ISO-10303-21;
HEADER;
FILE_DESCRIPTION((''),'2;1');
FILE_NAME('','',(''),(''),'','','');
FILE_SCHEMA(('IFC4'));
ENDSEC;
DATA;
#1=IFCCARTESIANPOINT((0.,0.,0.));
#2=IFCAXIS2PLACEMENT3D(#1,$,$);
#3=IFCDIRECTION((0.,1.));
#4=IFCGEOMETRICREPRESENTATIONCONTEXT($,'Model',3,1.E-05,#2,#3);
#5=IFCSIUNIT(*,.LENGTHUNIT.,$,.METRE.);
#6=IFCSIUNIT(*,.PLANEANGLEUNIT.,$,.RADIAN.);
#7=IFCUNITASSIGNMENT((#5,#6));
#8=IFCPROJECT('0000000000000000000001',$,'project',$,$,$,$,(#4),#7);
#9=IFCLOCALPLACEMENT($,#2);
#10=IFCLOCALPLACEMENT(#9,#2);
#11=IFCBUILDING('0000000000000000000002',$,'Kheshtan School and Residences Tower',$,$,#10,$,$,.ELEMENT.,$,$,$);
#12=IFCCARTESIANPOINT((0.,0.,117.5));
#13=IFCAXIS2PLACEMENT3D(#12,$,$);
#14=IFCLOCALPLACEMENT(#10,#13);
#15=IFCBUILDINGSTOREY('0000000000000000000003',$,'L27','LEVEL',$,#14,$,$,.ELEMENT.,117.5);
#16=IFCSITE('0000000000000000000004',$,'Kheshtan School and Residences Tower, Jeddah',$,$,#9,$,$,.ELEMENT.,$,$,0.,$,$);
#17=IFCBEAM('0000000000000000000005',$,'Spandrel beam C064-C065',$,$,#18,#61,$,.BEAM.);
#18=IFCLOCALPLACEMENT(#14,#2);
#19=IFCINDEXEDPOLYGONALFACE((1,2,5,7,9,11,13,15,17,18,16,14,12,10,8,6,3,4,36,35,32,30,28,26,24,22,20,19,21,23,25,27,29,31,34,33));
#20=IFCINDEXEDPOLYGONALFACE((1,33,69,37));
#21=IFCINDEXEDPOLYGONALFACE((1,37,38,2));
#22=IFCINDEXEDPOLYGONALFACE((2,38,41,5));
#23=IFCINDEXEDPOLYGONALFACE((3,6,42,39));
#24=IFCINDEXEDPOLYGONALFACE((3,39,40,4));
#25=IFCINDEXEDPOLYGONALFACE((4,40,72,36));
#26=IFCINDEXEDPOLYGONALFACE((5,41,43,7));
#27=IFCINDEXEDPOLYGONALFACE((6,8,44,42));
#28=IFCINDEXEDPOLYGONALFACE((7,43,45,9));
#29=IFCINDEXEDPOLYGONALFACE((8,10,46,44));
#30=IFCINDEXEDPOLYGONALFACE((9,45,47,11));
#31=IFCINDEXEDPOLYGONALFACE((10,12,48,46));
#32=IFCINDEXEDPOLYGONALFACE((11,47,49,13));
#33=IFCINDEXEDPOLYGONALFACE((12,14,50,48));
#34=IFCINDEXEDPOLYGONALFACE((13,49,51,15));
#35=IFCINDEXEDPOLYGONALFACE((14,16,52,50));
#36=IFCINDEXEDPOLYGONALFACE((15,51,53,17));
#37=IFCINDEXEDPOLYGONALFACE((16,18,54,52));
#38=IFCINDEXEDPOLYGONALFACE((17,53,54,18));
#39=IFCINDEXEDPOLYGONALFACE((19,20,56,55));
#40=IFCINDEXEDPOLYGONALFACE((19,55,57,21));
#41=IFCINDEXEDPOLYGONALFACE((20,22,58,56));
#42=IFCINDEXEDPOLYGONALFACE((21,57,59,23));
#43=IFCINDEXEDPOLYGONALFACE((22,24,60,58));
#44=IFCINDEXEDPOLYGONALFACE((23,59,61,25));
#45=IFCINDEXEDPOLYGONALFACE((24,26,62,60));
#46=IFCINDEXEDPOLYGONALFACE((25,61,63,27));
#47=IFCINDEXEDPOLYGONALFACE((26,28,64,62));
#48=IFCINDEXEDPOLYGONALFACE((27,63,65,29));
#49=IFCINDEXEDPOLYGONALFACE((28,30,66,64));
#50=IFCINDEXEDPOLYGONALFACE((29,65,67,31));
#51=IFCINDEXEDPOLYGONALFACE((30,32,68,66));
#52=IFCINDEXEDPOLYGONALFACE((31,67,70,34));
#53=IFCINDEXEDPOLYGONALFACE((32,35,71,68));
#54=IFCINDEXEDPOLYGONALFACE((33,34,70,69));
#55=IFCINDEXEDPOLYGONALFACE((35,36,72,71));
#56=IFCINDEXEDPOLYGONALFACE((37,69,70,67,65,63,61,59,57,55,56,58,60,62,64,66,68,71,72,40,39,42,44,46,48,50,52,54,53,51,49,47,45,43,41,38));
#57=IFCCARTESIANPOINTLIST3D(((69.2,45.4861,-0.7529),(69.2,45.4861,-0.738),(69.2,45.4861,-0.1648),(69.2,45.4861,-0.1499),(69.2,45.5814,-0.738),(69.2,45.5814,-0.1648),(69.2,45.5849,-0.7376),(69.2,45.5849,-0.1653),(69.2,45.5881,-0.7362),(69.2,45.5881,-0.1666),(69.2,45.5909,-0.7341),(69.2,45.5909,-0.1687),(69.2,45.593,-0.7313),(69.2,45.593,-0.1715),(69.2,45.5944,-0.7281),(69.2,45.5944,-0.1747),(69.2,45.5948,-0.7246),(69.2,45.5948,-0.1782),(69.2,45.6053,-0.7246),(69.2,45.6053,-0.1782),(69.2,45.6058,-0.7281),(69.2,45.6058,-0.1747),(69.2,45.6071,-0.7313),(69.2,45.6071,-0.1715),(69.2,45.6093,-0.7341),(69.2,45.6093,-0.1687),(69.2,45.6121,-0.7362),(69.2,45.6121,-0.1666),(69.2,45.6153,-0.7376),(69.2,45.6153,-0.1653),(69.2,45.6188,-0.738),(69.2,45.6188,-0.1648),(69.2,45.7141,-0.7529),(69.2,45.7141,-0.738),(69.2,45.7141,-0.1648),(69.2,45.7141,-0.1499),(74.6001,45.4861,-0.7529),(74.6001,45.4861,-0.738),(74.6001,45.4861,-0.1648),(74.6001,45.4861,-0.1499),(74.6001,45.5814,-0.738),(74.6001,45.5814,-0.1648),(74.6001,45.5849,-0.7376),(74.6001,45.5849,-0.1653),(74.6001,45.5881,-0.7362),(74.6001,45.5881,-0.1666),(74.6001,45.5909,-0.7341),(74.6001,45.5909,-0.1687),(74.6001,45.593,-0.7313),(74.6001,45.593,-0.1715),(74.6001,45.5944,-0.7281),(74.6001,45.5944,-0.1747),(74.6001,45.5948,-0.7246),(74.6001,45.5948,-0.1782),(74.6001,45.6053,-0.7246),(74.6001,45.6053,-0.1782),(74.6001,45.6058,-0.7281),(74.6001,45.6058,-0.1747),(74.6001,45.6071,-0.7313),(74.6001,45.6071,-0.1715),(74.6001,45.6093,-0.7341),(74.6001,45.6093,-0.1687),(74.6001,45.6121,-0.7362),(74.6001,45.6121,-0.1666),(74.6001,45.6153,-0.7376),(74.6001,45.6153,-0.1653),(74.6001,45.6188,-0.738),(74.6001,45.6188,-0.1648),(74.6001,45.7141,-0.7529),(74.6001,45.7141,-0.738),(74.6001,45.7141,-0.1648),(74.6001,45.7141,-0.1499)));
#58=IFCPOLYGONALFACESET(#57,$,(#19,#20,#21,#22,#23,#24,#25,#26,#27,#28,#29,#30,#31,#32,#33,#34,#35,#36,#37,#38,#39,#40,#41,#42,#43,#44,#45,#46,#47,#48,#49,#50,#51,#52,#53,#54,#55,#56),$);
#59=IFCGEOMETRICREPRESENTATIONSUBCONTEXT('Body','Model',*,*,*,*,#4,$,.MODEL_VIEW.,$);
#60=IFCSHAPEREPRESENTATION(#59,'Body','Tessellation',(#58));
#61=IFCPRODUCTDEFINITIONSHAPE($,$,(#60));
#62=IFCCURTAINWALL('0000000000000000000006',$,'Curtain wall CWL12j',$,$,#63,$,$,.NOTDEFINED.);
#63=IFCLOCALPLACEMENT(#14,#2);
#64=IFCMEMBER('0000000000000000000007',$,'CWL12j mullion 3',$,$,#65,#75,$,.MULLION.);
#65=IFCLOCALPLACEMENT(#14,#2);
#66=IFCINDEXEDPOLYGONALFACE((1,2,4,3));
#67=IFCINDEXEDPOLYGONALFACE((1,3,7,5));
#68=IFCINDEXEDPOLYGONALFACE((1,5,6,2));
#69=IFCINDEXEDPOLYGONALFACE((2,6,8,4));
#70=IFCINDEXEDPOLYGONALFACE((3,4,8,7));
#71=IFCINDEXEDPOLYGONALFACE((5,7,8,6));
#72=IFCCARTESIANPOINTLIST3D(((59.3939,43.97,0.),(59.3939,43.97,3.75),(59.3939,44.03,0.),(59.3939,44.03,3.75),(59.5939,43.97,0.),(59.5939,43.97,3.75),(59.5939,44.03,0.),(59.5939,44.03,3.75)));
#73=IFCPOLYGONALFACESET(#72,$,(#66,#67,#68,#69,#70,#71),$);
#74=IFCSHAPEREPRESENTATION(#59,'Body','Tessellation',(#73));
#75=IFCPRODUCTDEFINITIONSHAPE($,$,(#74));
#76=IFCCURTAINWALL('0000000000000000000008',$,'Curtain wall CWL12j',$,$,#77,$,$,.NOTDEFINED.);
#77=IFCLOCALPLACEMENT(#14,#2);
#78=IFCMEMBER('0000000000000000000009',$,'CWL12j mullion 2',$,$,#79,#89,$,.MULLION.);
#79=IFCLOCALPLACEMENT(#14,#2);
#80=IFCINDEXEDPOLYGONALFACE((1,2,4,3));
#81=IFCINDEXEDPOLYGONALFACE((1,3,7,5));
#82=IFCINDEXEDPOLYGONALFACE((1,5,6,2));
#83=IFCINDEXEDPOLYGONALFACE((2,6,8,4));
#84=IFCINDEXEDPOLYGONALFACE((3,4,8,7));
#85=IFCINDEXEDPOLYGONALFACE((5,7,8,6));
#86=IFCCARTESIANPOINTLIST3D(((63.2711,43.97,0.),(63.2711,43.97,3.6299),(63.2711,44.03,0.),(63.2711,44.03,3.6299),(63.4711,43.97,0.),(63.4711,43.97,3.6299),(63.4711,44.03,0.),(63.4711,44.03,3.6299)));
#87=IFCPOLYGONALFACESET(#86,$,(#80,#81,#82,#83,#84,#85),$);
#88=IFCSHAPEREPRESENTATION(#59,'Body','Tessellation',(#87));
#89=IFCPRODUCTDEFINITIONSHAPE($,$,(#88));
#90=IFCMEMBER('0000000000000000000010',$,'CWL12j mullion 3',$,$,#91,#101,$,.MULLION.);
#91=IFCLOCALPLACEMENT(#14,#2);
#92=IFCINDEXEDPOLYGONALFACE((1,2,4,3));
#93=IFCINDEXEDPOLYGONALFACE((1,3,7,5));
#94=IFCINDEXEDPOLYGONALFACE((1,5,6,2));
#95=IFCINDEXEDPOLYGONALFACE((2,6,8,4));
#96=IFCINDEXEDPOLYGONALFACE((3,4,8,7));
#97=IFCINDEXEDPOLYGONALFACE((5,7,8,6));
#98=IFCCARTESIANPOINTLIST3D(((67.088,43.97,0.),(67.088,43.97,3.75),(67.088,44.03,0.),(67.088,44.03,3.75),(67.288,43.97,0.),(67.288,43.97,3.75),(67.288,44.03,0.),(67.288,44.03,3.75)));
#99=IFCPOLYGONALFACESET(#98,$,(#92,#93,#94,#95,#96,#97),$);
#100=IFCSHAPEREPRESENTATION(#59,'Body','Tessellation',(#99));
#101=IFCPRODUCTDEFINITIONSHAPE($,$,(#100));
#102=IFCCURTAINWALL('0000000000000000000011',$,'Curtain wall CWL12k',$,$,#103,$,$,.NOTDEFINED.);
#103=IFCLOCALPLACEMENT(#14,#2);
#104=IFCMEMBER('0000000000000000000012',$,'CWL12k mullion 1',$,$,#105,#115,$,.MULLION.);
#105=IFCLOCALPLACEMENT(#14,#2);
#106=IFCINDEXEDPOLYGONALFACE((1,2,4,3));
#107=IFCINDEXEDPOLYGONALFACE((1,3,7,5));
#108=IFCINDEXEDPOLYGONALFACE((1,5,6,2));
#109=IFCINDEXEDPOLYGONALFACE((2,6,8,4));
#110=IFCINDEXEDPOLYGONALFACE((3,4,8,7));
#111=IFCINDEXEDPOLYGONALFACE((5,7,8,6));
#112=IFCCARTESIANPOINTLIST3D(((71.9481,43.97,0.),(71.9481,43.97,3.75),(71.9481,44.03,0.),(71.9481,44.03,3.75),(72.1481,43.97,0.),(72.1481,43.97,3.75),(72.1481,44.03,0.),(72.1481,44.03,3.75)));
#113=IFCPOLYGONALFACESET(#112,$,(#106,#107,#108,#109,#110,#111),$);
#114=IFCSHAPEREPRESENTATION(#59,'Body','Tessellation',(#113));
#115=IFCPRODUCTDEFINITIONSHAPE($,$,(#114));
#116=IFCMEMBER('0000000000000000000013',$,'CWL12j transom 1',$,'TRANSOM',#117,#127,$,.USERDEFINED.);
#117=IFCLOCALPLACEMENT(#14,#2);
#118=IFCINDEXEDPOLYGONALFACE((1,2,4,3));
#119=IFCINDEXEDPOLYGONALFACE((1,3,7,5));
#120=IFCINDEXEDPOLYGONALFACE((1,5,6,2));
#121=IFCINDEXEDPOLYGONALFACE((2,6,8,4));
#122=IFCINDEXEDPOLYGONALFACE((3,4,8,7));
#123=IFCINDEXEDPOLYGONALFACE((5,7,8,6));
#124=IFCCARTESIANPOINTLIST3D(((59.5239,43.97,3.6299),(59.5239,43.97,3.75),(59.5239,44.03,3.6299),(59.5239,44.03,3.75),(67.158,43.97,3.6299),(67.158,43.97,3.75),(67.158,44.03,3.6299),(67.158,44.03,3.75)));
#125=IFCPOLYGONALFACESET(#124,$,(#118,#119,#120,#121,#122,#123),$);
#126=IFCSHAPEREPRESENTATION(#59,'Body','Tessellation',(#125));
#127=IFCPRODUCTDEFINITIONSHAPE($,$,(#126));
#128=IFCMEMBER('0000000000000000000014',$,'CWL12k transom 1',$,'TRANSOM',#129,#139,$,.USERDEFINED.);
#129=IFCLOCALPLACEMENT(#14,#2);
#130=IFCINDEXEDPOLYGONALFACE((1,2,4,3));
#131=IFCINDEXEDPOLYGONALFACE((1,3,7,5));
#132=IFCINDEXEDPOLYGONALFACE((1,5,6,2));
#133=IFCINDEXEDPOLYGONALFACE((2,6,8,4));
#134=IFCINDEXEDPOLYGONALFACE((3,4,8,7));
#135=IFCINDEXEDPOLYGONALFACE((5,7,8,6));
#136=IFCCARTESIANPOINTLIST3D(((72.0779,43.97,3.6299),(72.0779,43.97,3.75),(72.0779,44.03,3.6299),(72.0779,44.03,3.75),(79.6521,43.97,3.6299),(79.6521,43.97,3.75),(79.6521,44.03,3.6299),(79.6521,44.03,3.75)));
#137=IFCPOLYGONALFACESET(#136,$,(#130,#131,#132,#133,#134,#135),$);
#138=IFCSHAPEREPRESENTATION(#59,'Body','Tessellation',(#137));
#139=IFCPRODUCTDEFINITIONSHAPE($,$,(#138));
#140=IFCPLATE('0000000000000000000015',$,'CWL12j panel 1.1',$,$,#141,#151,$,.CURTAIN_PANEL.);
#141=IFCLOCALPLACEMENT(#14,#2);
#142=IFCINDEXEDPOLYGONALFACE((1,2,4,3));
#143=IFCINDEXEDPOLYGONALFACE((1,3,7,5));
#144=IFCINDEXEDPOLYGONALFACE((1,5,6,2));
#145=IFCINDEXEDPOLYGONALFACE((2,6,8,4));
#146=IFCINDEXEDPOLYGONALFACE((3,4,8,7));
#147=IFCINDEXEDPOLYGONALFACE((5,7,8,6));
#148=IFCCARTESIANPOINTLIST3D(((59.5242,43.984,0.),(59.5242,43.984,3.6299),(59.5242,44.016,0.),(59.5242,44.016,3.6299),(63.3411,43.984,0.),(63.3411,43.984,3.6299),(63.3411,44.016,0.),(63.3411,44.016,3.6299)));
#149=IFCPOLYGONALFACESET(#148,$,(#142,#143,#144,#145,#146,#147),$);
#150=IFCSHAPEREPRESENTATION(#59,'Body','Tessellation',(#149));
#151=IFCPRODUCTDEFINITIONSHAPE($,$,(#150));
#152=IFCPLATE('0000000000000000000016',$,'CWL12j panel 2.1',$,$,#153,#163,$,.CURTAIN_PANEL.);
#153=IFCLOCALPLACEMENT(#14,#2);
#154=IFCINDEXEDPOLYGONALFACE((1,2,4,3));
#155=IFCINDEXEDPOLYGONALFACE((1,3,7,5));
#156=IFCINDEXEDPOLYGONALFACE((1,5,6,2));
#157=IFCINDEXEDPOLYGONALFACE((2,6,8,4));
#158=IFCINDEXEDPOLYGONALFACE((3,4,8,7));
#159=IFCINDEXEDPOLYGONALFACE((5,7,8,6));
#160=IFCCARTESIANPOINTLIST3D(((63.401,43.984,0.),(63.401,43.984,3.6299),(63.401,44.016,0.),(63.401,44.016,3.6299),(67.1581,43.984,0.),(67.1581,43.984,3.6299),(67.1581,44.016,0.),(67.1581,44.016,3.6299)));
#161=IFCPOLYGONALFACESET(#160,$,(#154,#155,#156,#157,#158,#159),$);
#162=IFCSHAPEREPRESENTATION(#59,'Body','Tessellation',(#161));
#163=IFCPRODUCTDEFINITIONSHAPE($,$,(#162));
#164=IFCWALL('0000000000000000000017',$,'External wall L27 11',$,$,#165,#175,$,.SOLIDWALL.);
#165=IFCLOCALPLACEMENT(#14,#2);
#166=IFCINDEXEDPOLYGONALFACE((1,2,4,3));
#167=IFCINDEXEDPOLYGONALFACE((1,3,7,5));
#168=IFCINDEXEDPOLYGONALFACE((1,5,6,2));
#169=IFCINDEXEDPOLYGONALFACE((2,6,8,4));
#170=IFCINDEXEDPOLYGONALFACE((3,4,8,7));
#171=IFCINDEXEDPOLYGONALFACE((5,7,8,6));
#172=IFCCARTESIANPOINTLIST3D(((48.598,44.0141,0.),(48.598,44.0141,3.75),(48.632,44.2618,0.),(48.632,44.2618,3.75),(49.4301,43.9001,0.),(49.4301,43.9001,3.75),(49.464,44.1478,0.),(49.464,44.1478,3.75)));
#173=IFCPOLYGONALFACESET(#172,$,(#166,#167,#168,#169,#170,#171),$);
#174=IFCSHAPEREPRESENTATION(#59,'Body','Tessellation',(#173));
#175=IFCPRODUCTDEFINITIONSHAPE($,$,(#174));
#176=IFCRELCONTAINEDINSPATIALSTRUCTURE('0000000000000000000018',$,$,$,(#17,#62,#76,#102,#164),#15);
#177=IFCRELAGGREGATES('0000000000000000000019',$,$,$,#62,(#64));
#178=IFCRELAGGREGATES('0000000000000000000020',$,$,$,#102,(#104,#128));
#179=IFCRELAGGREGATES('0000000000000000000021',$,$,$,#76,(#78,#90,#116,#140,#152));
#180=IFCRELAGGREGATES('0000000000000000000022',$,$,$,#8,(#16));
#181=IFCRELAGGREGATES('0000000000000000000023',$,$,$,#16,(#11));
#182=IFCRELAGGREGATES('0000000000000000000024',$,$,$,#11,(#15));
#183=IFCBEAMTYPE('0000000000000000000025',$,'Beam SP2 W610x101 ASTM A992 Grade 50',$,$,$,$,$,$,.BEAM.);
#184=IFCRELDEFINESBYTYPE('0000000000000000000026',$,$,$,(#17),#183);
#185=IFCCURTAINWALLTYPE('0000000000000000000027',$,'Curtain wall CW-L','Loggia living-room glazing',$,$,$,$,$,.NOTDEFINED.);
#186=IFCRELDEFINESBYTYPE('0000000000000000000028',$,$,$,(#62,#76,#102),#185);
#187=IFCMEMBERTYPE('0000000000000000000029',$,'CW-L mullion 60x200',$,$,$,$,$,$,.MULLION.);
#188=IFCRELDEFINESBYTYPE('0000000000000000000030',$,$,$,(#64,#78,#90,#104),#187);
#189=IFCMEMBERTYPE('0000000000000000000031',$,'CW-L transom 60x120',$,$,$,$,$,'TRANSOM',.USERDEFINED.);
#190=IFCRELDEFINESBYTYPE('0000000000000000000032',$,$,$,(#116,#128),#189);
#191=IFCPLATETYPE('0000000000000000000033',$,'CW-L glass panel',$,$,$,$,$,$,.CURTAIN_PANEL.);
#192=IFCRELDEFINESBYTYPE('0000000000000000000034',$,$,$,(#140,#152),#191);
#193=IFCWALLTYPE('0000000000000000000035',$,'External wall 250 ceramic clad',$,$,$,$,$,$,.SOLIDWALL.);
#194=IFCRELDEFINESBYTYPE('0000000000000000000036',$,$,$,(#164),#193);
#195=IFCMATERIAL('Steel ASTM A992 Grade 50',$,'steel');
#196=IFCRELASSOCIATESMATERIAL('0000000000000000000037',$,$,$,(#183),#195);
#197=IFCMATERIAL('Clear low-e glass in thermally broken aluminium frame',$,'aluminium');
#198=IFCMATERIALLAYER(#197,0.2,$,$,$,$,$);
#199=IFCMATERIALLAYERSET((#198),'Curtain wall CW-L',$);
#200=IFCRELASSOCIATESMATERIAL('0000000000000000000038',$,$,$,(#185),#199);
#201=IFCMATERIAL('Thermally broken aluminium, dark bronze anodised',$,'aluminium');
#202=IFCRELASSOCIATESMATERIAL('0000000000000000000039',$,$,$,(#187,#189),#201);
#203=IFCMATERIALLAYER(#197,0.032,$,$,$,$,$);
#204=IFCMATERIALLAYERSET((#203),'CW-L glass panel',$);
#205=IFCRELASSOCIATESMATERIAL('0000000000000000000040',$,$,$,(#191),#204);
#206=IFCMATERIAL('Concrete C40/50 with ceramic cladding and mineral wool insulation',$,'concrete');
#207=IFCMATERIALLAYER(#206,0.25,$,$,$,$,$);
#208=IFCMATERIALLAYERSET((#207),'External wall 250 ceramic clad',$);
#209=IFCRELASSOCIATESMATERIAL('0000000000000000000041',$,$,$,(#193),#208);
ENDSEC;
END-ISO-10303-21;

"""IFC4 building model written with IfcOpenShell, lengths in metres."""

from ifc_helpers import new_model, si_unit, direction, frame, frame_2d, origin, origin_2d, place, context, subcontext, project, spatial, rectangle, i_section, extrude, material, layer, layer_set, material_profile, profile_set, type_object, element, aggregate, save


model = new_model("IFC4")

# Units and contexts
model_context = context("Model", 3, precision=1e-05, world=origin(), true_north=direction((0.0, 1.0)))
body_context = subcontext(model_context, "Body", "Model", "MODEL_VIEW")
ifc_project = project(units=[si_unit("LENGTHUNIT", "METRE"), si_unit("PLANEANGLEUNIT", "RADIAN")], contexts=[model_context])

# Site, building, storey
site_placement = place(None, origin())
site = spatial("IfcSite", under=ifc_project, at=site_placement, Name="Kheshtan School and Residences Tower, Jeddah", CompositionType="ELEMENT", RefElevation=0.0)
building_placement = place(site_placement, origin())
building = spatial("IfcBuilding", under=site, at=building_placement, Name="Kheshtan School and Residences Tower", CompositionType="ELEMENT")
storey_placement = place(building_placement, frame((0.0, 0.0, 117.5)))
storey = spatial("IfcBuildingStorey", under=building, at=storey_placement, Name="L27", Description="LEVEL", CompositionType="ELEMENT", Elevation=117.5)

# Shared definitions
ifc_material_1 = material(Name="Steel ASTM A992 Grade 50", Category="steel")

# Beam
ifc_material_profile_1 = material_profile(ifc_material_1, i_section(OverallWidth=0.228, OverallDepth=0.603, WebThickness=0.0105, FlangeThickness=0.0149, FilletRadius=0.0134, at=origin_2d()), Name="W610x101")
ifc_profile_set_1 = profile_set([ifc_material_profile_1], Name="Steel ASTM A992 Grade 50")
beam_type_1 = type_object("IfcBeamType", Name="Beam SP2 W610x101 ASTM A992 Grade 50", PredefinedType="BEAM", material=ifc_profile_set_1)
beam_1_placement = place(storey_placement, frame((69.2, 45.6001, -0.4514), z_axis=(1.0, 0.0, 0.0), x_axis=(0.0, 1.0, 0.0)))
element("IfcBeam", 1, at=beam_1_placement, inside=storey, type_object=beam_type_1, Name="Spandrel beam C064-C065", PredefinedType="BEAM", context=body_context, shape_type="SweptSolid", body=[
    extrude(i_section(OverallWidth=0.228, OverallDepth=0.603, WebThickness=0.0105, FlangeThickness=0.0149, FilletRadius=0.0134, at=origin_2d()), origin(), (0.0, 0.0, 1.0), 5.4001),
])

# Curtain wall, member
ifc_material_2 = material(Name="Clear low-e glass in thermally broken aluminium frame", Category="aluminium")
ifc_layer_1 = layer(ifc_material_2, 0.2)
ifc_layer_set_1 = layer_set([ifc_layer_1], Name="Curtain wall CW-L")
curtain_wall_type = type_object("IfcCurtainWallType", Name="Curtain wall CW-L", Description="Loggia living-room glazing", PredefinedType="NOTDEFINED", material=ifc_layer_set_1)
curtain_wall_1_placement = place(storey_placement, origin())
curtain_wall_1 = element("IfcCurtainWall", 2, at=curtain_wall_1_placement, inside=storey, type_object=curtain_wall_type, Name="Curtain wall CWL12j", PredefinedType="NOTDEFINED")
ifc_material_3 = material(Name="Thermally broken aluminium, dark bronze anodised", Category="aluminium")
ifc_material_profile_2 = material_profile(ifc_material_3, rectangle(XDim=0.0601, YDim=0.2, at=origin_2d()), Name="CW-L mullion 60x200")
ifc_profile_set_2 = profile_set([ifc_material_profile_2], Name="Thermally broken aluminium, dark bronze anodised")
member_type_1 = type_object("IfcMemberType", Name="CW-L mullion 60x200", PredefinedType="MULLION", material=ifc_profile_set_2)
member_1_placement = place(storey_placement, frame((59.4939, 44.0, 0.0), z_axis=(0.0, 0.0, 1.0), x_axis=(0.0, 1.0, 0.0)))
member_1 = element("IfcMember", 3, at=member_1_placement, type_object=member_type_1, Name="CWL12j mullion 3", PredefinedType="MULLION", context=body_context, shape_type="SweptSolid", body=[
    extrude(rectangle(XDim=0.0601, YDim=0.2, at=origin_2d()), origin(), (0.0, 0.0, 1.0), 3.75),
])
aggregate(curtain_wall_1, [member_1])

# Curtain wall, members
curtain_wall_2_placement = place(storey_placement, origin())
curtain_wall_2 = element("IfcCurtainWall", 4, at=curtain_wall_2_placement, inside=storey, type_object=curtain_wall_type, Name="Curtain wall CWL12j", PredefinedType="NOTDEFINED")
member_2_placement = place(storey_placement, frame((63.3711, 44.0, 0.0), z_axis=(0.0, 0.0, 1.0), x_axis=(0.0, 1.0, 0.0)))
member_2 = element("IfcMember", 5, at=member_2_placement, type_object=member_type_1, Name="CWL12j mullion 2", PredefinedType="MULLION", context=body_context, shape_type="SweptSolid", body=[
    extrude(rectangle(XDim=0.0601, YDim=0.2, at=origin_2d()), origin(), (0.0, 0.0, 1.0), 3.6299),
])
member_3_placement = place(storey_placement, frame((67.188, 44.0, 0.0), z_axis=(0.0, 0.0, 1.0), x_axis=(0.0, 1.0, 0.0)))
member_3 = element("IfcMember", 6, at=member_3_placement, type_object=member_type_1, Name="CWL12j mullion 3", PredefinedType="MULLION", context=body_context, shape_type="SweptSolid", body=[
    extrude(rectangle(XDim=0.0601, YDim=0.2, at=origin_2d()), origin(), (0.0, 0.0, 1.0), 3.75),
])

# Curtain wall, member
curtain_wall_3_placement = place(storey_placement, origin())
curtain_wall_3 = element("IfcCurtainWall", 7, at=curtain_wall_3_placement, inside=storey, type_object=curtain_wall_type, Name="Curtain wall CWL12k", PredefinedType="NOTDEFINED")
member_4_placement = place(storey_placement, frame((72.0481, 44.0, 0.0), z_axis=(0.0, 0.0, 1.0), x_axis=(0.0, 1.0, 0.0)))
member_4 = element("IfcMember", 8, at=member_4_placement, type_object=member_type_1, Name="CWL12k mullion 1", PredefinedType="MULLION", context=body_context, shape_type="SweptSolid", body=[
    extrude(rectangle(XDim=0.0601, YDim=0.2, at=origin_2d()), origin(), (0.0, 0.0, 1.0), 3.75),
])

# Members
ifc_material_profile_3 = material_profile(ifc_material_3, rectangle(XDim=0.0601, YDim=0.1201, at=origin_2d()), Name="CW-L transom 60x120")
ifc_profile_set_3 = profile_set([ifc_material_profile_3], Name="Thermally broken aluminium, dark bronze anodised")
member_type_2 = type_object("IfcMemberType", Name="CW-L transom 60x120", ElementType="TRANSOM", PredefinedType="USERDEFINED", material=ifc_profile_set_3)
member_5_placement = place(storey_placement, frame((59.5239, 44.0, 3.6899), z_axis=(1.0, 0.0, 0.0), x_axis=(0.0, 1.0, 0.0)))
member_5 = element("IfcMember", 9, at=member_5_placement, type_object=member_type_2, Name="CWL12j transom 1", ObjectType="TRANSOM", PredefinedType="USERDEFINED", context=body_context, shape_type="SweptSolid", body=[
    extrude(rectangle(XDim=0.0601, YDim=0.1201, at=origin_2d()), origin(), (0.0, 0.0, 1.0), 7.634),
])
member_6_placement = place(storey_placement, frame((72.0779, 44.0, 3.6899), z_axis=(1.0, 0.0, 0.0), x_axis=(0.0, 1.0, 0.0)))
member_6 = element("IfcMember", 10, at=member_6_placement, type_object=member_type_2, Name="CWL12k transom 1", ObjectType="TRANSOM", PredefinedType="USERDEFINED", context=body_context, shape_type="SweptSolid", body=[
    extrude(rectangle(XDim=0.0601, YDim=0.1201, at=origin_2d()), origin(), (0.0, 0.0, 1.0), 7.5742),
])
aggregate(curtain_wall_3, [member_4, member_6])

# Plates
ifc_layer_2 = layer(ifc_material_2, 0.032)
ifc_layer_set_2 = layer_set([ifc_layer_2], Name="CW-L glass panel")
plate_type = type_object("IfcPlateType", Name="CW-L glass panel", PredefinedType="CURTAIN_PANEL", material=ifc_layer_set_2)
plate_1_placement = place(storey_placement, frame((61.4326, 44.0, 0.0), z_axis=(0.0, 0.0, 1.0), x_axis=(1.0, 0.0, 0.0)))
plate_1 = element("IfcPlate", 11, at=plate_1_placement, type_object=plate_type, Name="CWL12j panel 1.1", PredefinedType="CURTAIN_PANEL", context=body_context, shape_type="SweptSolid", body=[
    extrude(rectangle(XDim=3.8169, YDim=0.032, at=origin_2d()), origin(), (0.0, 0.0, 1.0), 3.6299),
])
plate_2_placement = place(storey_placement, frame((65.2795, 44.0, 0.0), z_axis=(0.0, 0.0, 1.0), x_axis=(1.0, 0.0, 0.0)))
plate_2 = element("IfcPlate", 12, at=plate_2_placement, type_object=plate_type, Name="CWL12j panel 2.1", PredefinedType="CURTAIN_PANEL", context=body_context, shape_type="SweptSolid", body=[
    extrude(rectangle(XDim=3.7571, YDim=0.032, at=origin_2d()), origin(), (0.0, 0.0, 1.0), 3.6299),
])
aggregate(curtain_wall_2, [member_2, member_3, member_5, plate_1, plate_2])

# Wall
ifc_material_4 = material(Name="Concrete C40/50 with ceramic cladding and mineral wool insulation", Category="concrete")
ifc_layer_3 = layer(ifc_material_4, 0.25)
ifc_layer_set_3 = layer_set([ifc_layer_3], Name="External wall 250 ceramic clad")
wall_type = type_object("IfcWallType", Name="External wall 250 ceramic clad", PredefinedType="SOLIDWALL", material=ifc_layer_set_3)
wall_placement = place(storey_placement, frame((48.615, 44.1379, 0.0), z_axis=(0.0, 0.0, 1.0), x_axis=(0.990742, -0.135762, 0.0)))
element("IfcWall", 13, at=wall_placement, inside=storey, type_object=wall_type, Name="External wall L27 11", PredefinedType="SOLIDWALL", context=body_context, shape_type="SweptSolid", body=[
    extrude(rectangle(XDim=0.8398, YDim=0.25, at=frame_2d((0.4199, 0.0))), origin(), (0.0, 0.0, 1.0), 3.75),
])

save(model, "model.ifc")
